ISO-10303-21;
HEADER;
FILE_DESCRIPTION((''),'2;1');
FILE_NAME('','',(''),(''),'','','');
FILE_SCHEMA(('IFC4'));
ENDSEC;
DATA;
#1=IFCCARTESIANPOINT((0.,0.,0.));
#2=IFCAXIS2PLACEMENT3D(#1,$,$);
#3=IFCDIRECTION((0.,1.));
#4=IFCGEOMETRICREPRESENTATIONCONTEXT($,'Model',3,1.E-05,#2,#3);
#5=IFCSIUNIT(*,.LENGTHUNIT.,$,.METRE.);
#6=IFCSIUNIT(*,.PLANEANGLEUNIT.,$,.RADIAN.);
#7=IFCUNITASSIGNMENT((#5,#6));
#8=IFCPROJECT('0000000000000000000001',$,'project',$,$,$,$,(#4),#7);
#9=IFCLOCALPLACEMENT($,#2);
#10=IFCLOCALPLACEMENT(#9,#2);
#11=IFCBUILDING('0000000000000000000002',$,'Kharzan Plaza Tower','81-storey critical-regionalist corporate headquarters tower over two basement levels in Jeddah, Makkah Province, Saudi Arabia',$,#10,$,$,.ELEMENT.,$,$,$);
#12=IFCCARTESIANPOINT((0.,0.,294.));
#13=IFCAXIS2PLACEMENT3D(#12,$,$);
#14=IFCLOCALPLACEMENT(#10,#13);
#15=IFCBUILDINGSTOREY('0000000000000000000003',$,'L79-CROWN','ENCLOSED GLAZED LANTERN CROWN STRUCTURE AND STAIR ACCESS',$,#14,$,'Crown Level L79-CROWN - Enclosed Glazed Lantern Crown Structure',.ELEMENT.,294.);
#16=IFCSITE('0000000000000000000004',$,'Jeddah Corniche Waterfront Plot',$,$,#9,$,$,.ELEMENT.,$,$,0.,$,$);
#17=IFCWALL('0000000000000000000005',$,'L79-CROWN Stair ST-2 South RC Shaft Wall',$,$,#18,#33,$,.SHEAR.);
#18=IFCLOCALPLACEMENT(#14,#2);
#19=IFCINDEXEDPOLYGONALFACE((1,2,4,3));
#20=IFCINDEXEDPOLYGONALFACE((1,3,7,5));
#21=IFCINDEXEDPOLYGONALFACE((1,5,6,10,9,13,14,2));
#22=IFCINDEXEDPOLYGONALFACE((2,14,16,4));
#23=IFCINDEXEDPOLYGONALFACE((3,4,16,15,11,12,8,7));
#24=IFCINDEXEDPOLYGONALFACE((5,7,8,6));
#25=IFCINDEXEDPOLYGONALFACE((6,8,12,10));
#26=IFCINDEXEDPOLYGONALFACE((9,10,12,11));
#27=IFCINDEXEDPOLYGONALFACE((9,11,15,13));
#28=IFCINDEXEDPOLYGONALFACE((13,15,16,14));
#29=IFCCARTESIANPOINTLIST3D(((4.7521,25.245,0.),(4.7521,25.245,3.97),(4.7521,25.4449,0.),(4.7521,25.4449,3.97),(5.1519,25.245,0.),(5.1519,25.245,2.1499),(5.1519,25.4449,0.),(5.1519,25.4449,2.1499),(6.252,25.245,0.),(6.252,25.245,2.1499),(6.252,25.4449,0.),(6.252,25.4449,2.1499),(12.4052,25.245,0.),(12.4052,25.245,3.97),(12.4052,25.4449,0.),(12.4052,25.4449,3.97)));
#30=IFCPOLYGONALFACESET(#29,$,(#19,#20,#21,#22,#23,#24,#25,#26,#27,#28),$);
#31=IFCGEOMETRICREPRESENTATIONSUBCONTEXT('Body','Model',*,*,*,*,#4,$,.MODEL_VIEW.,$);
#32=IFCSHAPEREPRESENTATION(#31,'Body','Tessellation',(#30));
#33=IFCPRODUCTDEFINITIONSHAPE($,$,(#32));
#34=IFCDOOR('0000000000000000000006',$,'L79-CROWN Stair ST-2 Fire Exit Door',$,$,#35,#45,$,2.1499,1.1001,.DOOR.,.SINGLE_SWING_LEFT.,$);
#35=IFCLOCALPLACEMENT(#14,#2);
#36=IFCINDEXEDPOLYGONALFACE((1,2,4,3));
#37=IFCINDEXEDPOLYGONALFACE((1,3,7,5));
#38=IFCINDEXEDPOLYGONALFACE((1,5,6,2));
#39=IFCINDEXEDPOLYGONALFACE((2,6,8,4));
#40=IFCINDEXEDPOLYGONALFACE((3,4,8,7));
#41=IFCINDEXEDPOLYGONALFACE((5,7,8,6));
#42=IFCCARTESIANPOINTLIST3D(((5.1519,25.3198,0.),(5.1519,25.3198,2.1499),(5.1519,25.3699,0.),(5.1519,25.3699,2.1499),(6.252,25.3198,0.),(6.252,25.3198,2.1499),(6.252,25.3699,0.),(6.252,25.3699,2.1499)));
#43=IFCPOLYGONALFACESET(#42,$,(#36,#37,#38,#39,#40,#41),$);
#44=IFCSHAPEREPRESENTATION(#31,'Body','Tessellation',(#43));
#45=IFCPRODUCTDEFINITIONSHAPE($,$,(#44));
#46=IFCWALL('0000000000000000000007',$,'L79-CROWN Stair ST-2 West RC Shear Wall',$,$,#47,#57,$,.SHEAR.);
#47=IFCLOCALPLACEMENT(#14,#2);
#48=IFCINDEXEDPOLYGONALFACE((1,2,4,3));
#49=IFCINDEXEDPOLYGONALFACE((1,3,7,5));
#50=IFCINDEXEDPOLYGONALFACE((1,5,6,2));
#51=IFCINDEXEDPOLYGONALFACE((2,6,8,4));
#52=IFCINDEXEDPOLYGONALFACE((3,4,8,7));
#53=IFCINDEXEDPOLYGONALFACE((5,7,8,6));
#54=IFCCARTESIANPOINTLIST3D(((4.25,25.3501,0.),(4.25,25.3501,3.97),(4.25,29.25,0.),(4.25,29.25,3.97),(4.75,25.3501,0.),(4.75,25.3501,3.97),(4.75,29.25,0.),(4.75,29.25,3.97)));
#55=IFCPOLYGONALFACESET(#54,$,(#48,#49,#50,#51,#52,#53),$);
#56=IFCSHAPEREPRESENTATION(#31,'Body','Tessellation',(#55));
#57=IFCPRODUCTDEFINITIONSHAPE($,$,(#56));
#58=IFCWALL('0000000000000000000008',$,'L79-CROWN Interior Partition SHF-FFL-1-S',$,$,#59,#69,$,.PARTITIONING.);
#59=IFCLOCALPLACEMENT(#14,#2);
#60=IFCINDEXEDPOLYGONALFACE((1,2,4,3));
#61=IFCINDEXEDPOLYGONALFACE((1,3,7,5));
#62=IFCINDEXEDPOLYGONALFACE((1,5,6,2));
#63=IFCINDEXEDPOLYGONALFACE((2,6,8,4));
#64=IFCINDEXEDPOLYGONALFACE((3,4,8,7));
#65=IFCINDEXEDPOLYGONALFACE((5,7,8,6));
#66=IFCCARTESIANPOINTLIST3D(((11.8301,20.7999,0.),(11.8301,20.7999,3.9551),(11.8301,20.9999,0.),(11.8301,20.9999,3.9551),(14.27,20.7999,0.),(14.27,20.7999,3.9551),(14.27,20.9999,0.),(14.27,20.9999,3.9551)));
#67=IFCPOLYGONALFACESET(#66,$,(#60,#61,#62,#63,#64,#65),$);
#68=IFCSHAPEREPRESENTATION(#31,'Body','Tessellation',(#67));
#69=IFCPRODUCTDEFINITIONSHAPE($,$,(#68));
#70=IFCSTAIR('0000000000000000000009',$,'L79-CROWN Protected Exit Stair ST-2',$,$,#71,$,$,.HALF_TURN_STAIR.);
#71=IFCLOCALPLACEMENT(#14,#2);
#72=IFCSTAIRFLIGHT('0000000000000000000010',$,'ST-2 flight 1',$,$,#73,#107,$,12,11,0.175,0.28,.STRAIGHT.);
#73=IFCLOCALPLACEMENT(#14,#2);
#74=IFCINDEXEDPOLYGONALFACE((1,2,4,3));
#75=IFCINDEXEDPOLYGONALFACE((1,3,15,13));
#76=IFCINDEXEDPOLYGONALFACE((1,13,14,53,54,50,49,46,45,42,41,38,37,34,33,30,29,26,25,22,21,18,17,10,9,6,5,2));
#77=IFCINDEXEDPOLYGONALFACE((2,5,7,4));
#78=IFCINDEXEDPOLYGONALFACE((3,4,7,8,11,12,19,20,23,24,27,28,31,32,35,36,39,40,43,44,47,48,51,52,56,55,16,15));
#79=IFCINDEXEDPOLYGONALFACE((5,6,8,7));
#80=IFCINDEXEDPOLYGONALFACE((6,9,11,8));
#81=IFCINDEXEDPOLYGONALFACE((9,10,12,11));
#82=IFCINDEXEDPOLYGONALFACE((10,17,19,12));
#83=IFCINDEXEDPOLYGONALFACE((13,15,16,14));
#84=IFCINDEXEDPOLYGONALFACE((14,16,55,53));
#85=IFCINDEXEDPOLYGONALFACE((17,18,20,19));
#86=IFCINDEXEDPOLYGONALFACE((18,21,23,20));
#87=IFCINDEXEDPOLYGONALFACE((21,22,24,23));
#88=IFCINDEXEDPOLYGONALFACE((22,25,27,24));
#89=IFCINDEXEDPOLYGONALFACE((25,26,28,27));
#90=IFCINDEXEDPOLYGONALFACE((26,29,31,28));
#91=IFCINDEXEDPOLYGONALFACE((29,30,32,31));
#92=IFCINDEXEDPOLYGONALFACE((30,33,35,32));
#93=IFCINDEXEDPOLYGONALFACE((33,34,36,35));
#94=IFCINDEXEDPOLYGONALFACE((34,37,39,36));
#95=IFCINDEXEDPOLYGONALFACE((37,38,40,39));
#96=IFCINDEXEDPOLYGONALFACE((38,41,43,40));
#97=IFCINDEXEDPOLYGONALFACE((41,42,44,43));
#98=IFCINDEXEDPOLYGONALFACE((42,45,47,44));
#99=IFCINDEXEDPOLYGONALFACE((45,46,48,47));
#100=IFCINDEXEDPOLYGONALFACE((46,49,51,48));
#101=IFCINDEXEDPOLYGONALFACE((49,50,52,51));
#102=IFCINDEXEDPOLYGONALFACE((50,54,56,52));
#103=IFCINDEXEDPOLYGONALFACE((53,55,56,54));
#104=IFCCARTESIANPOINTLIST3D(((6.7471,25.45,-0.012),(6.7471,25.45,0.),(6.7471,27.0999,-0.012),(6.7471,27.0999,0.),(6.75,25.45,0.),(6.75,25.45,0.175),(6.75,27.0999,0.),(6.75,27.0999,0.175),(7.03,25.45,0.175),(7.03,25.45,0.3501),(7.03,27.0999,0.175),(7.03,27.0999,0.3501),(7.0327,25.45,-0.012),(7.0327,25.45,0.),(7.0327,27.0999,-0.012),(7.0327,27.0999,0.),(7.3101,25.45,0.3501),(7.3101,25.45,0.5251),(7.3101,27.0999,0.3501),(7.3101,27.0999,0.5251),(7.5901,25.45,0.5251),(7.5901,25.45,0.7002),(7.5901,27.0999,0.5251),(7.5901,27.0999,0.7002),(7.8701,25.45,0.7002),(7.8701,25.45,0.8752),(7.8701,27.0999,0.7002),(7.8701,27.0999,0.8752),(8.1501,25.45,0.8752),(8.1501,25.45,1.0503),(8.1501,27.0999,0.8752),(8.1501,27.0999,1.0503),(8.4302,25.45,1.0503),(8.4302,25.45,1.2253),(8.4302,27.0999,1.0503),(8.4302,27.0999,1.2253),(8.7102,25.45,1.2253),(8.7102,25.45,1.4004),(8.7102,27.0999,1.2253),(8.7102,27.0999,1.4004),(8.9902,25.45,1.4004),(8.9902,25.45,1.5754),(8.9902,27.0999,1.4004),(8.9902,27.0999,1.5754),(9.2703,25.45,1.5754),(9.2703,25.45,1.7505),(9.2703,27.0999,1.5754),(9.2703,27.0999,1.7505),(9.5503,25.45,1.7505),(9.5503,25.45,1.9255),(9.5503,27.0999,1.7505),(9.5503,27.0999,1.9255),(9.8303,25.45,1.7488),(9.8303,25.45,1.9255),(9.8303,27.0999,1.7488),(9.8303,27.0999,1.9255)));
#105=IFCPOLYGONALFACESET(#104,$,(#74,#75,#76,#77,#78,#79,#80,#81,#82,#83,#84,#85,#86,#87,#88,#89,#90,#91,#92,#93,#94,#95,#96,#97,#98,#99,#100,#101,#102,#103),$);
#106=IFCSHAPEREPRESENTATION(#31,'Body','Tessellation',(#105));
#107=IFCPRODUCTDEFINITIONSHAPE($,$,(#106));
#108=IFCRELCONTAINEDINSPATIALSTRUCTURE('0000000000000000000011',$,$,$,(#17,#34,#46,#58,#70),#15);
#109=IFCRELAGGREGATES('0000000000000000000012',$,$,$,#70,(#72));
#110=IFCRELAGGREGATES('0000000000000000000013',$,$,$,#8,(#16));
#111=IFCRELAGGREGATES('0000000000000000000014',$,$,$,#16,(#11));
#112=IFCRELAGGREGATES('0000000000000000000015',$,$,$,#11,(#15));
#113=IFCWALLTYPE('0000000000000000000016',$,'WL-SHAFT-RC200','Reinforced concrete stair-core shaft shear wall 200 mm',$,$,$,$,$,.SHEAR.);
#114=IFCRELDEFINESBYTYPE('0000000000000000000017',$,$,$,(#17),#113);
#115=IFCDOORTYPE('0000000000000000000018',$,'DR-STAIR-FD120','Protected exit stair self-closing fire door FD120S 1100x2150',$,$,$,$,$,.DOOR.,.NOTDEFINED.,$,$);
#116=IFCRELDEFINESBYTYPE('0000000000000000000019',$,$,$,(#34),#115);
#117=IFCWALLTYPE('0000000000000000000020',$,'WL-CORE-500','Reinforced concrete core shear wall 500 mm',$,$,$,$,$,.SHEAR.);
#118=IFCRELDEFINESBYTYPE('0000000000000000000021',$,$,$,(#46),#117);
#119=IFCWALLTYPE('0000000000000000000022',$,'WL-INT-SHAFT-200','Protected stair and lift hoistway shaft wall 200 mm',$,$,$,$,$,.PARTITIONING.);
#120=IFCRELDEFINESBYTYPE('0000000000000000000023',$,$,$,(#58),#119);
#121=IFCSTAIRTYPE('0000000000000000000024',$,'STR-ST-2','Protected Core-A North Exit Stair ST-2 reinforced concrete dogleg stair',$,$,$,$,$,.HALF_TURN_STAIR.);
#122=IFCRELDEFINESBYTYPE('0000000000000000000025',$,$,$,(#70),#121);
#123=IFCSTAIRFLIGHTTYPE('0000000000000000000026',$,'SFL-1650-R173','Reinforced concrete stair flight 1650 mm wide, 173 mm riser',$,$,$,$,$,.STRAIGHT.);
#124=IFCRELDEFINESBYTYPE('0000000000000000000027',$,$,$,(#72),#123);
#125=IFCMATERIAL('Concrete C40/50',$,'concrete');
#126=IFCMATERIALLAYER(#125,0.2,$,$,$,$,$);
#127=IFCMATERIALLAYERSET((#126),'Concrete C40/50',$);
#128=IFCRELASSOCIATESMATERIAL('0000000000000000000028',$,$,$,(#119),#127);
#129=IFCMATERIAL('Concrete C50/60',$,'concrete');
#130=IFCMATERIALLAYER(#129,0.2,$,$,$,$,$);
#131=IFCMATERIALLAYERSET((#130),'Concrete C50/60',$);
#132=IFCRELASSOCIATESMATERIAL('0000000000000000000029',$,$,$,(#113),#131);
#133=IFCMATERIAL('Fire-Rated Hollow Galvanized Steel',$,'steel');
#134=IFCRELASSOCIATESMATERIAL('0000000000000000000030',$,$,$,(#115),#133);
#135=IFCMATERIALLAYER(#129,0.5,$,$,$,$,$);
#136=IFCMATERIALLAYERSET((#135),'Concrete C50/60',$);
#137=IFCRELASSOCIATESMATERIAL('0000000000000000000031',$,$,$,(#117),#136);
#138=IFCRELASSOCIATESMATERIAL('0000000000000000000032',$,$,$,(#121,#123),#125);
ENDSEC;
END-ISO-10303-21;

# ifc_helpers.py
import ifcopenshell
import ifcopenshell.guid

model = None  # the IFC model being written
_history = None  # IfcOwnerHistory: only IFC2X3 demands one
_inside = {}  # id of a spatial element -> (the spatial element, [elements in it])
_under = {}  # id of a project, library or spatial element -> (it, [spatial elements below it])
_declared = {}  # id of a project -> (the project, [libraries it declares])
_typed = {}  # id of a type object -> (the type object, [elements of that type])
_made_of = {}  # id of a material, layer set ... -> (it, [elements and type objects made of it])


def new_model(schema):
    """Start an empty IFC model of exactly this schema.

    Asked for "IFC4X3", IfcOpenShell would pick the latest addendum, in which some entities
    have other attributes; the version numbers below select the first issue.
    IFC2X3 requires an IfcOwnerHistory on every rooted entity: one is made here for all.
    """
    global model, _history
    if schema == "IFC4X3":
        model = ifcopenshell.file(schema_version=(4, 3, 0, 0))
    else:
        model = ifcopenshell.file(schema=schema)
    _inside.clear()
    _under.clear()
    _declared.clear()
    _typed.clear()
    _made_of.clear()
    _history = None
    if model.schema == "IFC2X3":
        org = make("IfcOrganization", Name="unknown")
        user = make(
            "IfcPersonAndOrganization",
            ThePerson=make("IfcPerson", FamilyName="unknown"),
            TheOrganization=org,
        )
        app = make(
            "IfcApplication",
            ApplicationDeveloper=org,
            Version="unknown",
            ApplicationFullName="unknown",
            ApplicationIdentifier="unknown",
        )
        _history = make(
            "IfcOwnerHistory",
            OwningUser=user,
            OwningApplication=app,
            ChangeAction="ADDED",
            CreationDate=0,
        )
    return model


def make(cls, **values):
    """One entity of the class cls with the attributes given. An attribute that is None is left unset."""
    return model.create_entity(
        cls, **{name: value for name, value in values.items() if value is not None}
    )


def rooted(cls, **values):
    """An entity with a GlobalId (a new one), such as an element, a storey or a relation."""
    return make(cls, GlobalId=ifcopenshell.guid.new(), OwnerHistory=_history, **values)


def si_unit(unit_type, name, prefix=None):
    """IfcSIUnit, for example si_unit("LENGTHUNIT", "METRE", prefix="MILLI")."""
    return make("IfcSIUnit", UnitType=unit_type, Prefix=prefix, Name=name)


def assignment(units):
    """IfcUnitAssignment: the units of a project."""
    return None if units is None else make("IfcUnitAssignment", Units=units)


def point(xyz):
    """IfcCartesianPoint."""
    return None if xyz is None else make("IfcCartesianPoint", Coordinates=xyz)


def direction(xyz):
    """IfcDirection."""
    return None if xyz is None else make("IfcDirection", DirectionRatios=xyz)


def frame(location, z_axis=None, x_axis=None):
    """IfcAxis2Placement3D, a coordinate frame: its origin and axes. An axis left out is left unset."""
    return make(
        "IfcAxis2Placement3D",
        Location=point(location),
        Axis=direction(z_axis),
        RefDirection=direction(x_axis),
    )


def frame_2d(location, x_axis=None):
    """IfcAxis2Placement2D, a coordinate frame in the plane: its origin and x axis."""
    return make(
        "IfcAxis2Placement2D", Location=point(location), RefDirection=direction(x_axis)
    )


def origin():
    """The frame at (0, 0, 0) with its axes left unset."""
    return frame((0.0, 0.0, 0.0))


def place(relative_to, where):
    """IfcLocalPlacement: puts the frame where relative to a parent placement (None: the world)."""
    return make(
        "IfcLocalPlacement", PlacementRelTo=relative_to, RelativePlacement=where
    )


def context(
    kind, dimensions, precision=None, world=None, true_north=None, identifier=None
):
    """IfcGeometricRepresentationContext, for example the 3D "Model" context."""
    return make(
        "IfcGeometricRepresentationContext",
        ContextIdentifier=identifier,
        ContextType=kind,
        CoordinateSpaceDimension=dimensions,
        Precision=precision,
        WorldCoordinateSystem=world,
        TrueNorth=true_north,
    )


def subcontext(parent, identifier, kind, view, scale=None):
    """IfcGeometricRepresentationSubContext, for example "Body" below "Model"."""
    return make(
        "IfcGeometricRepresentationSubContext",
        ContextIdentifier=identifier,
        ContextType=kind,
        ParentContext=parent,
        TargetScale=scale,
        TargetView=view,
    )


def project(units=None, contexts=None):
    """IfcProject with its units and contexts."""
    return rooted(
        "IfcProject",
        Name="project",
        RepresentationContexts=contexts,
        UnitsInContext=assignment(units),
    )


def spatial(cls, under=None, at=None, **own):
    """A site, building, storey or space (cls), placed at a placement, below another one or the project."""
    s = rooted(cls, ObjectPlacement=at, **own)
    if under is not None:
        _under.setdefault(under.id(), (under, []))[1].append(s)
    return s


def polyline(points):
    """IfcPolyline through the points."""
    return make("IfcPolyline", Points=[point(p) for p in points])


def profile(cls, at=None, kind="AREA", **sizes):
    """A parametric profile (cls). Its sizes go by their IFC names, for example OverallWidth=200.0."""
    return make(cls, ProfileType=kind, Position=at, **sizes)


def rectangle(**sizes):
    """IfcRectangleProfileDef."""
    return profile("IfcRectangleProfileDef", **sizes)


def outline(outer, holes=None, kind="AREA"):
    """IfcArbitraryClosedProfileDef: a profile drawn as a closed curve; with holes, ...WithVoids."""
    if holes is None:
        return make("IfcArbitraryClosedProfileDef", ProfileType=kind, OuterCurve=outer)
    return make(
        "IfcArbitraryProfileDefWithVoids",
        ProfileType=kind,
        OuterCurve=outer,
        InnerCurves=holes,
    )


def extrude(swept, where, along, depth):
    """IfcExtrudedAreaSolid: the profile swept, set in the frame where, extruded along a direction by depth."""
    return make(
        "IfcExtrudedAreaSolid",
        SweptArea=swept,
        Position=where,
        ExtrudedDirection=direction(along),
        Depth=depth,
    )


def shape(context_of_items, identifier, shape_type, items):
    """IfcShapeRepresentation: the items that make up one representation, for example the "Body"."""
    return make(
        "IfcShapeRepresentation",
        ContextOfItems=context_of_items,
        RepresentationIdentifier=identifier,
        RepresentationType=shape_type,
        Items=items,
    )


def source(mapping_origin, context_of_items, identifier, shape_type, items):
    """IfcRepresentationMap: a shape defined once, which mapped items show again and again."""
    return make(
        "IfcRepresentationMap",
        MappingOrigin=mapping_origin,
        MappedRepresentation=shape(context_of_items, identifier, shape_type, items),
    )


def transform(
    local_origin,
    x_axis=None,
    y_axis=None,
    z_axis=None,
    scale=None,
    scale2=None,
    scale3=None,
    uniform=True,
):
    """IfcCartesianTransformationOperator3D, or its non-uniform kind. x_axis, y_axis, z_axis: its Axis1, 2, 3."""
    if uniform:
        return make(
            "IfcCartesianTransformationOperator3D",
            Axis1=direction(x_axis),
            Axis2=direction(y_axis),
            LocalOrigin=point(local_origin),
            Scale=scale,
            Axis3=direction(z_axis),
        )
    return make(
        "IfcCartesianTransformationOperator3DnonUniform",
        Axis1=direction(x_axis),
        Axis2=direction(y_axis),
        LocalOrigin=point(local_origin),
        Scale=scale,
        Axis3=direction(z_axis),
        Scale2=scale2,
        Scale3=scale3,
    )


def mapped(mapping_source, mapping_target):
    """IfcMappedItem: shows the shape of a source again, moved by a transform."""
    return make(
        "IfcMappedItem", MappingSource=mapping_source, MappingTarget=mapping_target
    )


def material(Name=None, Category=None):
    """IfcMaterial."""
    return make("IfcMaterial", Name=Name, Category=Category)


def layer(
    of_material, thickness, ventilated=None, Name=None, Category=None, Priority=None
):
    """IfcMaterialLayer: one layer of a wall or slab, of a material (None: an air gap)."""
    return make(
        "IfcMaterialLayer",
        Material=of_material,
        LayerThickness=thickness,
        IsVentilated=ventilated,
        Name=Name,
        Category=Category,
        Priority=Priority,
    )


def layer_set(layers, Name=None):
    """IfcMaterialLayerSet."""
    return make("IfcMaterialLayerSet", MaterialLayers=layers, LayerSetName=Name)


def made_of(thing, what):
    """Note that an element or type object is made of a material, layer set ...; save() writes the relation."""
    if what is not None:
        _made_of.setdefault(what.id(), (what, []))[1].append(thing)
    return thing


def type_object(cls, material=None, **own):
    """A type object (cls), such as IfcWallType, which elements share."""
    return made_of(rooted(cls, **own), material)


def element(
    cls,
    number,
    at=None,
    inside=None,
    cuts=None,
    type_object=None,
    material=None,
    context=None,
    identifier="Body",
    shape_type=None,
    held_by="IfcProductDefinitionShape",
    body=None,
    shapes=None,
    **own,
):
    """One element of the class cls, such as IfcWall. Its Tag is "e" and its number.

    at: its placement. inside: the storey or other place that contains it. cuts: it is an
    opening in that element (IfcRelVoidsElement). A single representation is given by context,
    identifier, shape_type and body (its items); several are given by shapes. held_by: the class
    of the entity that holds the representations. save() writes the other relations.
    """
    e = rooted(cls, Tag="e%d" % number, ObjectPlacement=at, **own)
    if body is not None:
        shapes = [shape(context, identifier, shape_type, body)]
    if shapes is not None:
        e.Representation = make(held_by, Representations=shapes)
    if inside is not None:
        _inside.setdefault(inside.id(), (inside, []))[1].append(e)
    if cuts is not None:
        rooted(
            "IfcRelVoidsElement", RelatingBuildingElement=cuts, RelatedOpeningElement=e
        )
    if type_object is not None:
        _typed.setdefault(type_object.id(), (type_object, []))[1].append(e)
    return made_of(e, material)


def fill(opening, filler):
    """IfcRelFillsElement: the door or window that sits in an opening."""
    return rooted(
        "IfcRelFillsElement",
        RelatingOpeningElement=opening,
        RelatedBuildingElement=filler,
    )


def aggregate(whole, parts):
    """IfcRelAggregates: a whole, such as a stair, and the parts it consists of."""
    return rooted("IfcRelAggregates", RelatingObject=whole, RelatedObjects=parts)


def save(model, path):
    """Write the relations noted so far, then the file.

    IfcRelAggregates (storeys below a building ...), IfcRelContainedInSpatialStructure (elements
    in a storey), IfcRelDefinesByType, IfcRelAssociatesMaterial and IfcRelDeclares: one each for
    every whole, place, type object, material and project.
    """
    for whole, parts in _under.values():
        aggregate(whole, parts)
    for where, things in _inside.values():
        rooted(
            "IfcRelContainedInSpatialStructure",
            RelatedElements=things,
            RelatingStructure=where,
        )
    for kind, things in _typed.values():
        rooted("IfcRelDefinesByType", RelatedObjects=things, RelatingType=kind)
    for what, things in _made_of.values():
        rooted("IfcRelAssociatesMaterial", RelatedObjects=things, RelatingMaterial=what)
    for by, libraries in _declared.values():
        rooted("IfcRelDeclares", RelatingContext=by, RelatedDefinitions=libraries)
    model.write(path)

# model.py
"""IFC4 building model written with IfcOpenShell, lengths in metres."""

from ifc_helpers import new_model, si_unit, direction, frame, frame_2d, origin, place, context, subcontext, project, spatial, polyline, rectangle, outline, extrude, source, transform, mapped, material, layer, layer_set, type_object, element, fill, aggregate, save


model = new_model("IFC4")

# Units and contexts
model_context = context("Model", 3, precision=1e-05, world=origin(), true_north=direction((0.0, 1.0)))
body_context = subcontext(model_context, "Body", "Model", "MODEL_VIEW")
ifc_project = project(units=[si_unit("LENGTHUNIT", "METRE"), si_unit("PLANEANGLEUNIT", "RADIAN")], contexts=[model_context])

# Site, building, storey
site_placement = place(None, origin())
site = spatial("IfcSite", under=ifc_project, at=site_placement, Name="Jeddah Corniche Waterfront Plot", CompositionType="ELEMENT", RefElevation=0.0)
building_placement = place(site_placement, origin())
building = spatial("IfcBuilding", under=site, at=building_placement, Name="Kharzan Plaza Tower", Description="81-storey critical-regionalist corporate headquarters tower over two basement levels in Jeddah, Makkah Province, Saudi Arabia", CompositionType="ELEMENT")
storey_placement = place(building_placement, frame((0.0, 0.0, 294.0)))
storey = spatial("IfcBuildingStorey", under=building, at=storey_placement, Name="L79-CROWN", Description="ENCLOSED GLAZED LANTERN CROWN STRUCTURE AND STAIR ACCESS", LongName="Crown Level L79-CROWN - Enclosed Glazed Lantern Crown Structure", CompositionType="ELEMENT", Elevation=294.0)

# Wall, opening, door
ifc_material_1 = material(Name="Concrete C40/50", Category="concrete")
ifc_layer_1 = layer(ifc_material_1, 0.2)
ifc_layer_set_1 = layer_set([ifc_layer_1], Name="Concrete C40/50")
wall_type_1 = type_object("IfcWallType", Name="WL-INT-SHAFT-200", Description="Protected stair and lift hoistway shaft wall 200 mm", PredefinedType="PARTITIONING", material=ifc_layer_set_1)
ifc_material_2 = material(Name="Concrete C50/60", Category="concrete")
ifc_layer_2 = layer(ifc_material_2, 0.2)
ifc_layer_set_2 = layer_set([ifc_layer_2], Name="Concrete C50/60")
wall_type_2 = type_object("IfcWallType", Name="WL-SHAFT-RC200", Description="Reinforced concrete stair-core shaft shear wall 200 mm", PredefinedType="SHEAR", material=ifc_layer_set_2)
wall_1_placement = place(storey_placement, frame((4.752, 25.345, 0.0), z_axis=(0.0, 0.0, 1.0), x_axis=(1.0, 0.0, 0.0)))
wall_1 = element("IfcWall", 1, at=wall_1_placement, inside=storey, type_object=wall_type_2, Name="L79-CROWN Stair ST-2 South RC Shaft Wall", PredefinedType="SHEAR", context=body_context, shape_type="SweptSolid", body=[
    extrude(rectangle(XDim=7.6531, YDim=0.2, at=frame_2d((3.8267, 0.0))), origin(), (0.0, 0.0, 1.0), 3.97),
])
opening_1_placement = place(wall_1_placement, frame((0.3999, 0.0, 0.0)))
opening_1 = element("IfcOpeningElement", 2, at=opening_1_placement, cuts=wall_1, PredefinedType="OPENING", context=body_context, shape_type="SweptSolid", body=[
    extrude(rectangle(XDim=1.1001, YDim=2.1499, at=frame_2d((0.55, 1.075))), frame((0.0, 0.1099, 0.0), z_axis=(0.0, -1.0, 0.0), x_axis=(1.0, 0.0, 0.0)), (0.0, 0.0, 1.0), 0.22),
])
ifc_material_3 = material(Name="Fire-Rated Hollow Galvanized Steel", Category="steel")
door_type_1 = type_object("IfcDoorType", Name="DR-STAIR-FD120", Description="Protected exit stair self-closing fire door FD120S 1100x2150", OperationType="NOTDEFINED", PredefinedType="DOOR", material=ifc_material_3)
shared_shape_1 = source(origin(), body_context, "Body", "SweptSolid", [
    extrude(rectangle(XDim=1.1001, YDim=2.1499, at=frame_2d((0.55, 1.075))), frame((0.0, 0.0249, 0.0), z_axis=(0.0, -1.0, 0.0), x_axis=(1.0, 0.0, 0.0)), (0.0, 0.0, 1.0), 0.05),
])
door_1_placement = place(opening_1_placement, origin())
door_1 = element("IfcDoor", 3, at=door_1_placement, inside=storey, type_object=door_type_1, Name="L79-CROWN Stair ST-2 Fire Exit Door", OperationType="SINGLE_SWING_LEFT", OverallHeight=2.1499, OverallWidth=1.1001, PredefinedType="DOOR", context=body_context, shape_type="MappedRepresentation", body=[
    mapped(shared_shape_1, transform((0.0, 0.0, 0.0), x_axis=(1.0, 0.0, 0.0), y_axis=(0.0, 1.0, 0.0), z_axis=(0.0, 0.0, 1.0))),
])
fill(opening_1, door_1)

# Walls
ifc_layer_3 = layer(ifc_material_2, 0.5)
ifc_layer_set_3 = layer_set([ifc_layer_3], Name="Concrete C50/60")
wall_type_3 = type_object("IfcWallType", Name="WL-CORE-500", Description="Reinforced concrete core shear wall 500 mm", PredefinedType="SHEAR", material=ifc_layer_set_3)
shared_shape_2 = source(origin(), body_context, "Body", "SweptSolid", [
    extrude(rectangle(XDim=3.8999, YDim=0.5, at=frame_2d((1.95, 0.0))), origin(), (0.0, 0.0, 1.0), 3.97),
])
wall_2_placement = place(storey_placement, frame((4.5, 25.3501, 0.0), z_axis=(0.0, 0.0, 1.0), x_axis=(0.0, 1.0, 0.0)))
element("IfcWall", 4, at=wall_2_placement, inside=storey, type_object=wall_type_3, Name="L79-CROWN Stair ST-2 West RC Shear Wall", PredefinedType="SHEAR", context=body_context, shape_type="MappedRepresentation", body=[
    mapped(shared_shape_2, transform((0.0, 0.0, 0.0), x_axis=(1.0, 0.0, 0.0), y_axis=(0.0, 1.0, 0.0), z_axis=(0.0, 0.0, 1.0))),
])
shared_shape_3 = source(origin(), body_context, "Body", "SweptSolid", [
    extrude(rectangle(XDim=2.4399, YDim=0.2, at=frame_2d((1.22, 0.0))), origin(), (0.0, 0.0, 1.0), 3.9551),
])
wall_3_placement = place(storey_placement, frame((11.8301, 20.8999, 0.0), z_axis=(0.0, 0.0, 1.0), x_axis=(1.0, 0.0, 0.0)))
element("IfcWall", 5, at=wall_3_placement, inside=storey, type_object=wall_type_1, Name="L79-CROWN Interior Partition SHF-FFL-1-S", PredefinedType="PARTITIONING", context=body_context, shape_type="MappedRepresentation", body=[
    mapped(shared_shape_3, transform((0.0, 0.0, 0.0), x_axis=(1.0, 0.0, 0.0), y_axis=(0.0, 1.0, 0.0), z_axis=(0.0, 0.0, 1.0))),
])

# Stair, stair flight
stair_type = type_object("IfcStairType", Name="STR-ST-2", Description="Protected Core-A North Exit Stair ST-2 reinforced concrete dogleg stair", PredefinedType="HALF_TURN_STAIR", material=ifc_material_1)
stair_placement = place(storey_placement, origin())
stair = element("IfcStair", 6, at=stair_placement, inside=storey, type_object=stair_type, Name="L79-CROWN Protected Exit Stair ST-2", PredefinedType="HALF_TURN_STAIR")
stair_flight_type = type_object("IfcStairFlightType", Name="SFL-1650-R173", Description="Reinforced concrete stair flight 1650 mm wide, 173 mm riser", PredefinedType="STRAIGHT", material=ifc_material_1)
shared_shape_4 = source(origin(), body_context, "Body", "SweptSolid", [
    extrude(outline(polyline([(-0.0029, -0.012), (-0.0029, 0.0), (0.0, 0.0), (0.0, 0.175), (0.28, 0.175), (0.28, 0.3501), (0.5601, 0.3501), (0.5601, 0.5251), (0.8401, 0.5251), (0.8401, 0.7002), (1.1201, 0.7002), (1.1201, 0.8752), (1.4001, 0.8752), (1.4001, 1.0503), (1.6802, 1.0503), (1.6802, 1.2253), (1.9602, 1.2253), (1.9602, 1.4004), (2.2402, 1.4004), (2.2402, 1.5754), (2.5203, 1.5754), (2.5203, 1.7505), (2.8003, 1.7505), (2.8003, 1.9255), (3.0803, 1.9255), (3.0803, 2.1006), (3.0803, 1.7488), (0.2827, 0.0), (0.2827, -0.012), (-0.0029, -0.012)])), frame((0.0, 0.825, 0.0), z_axis=(0.0, -1.0, 0.0), x_axis=(1.0, 0.0, 0.0)), (0.0, 0.0, 1.0), 1.6499),
])
stair_flight_placement = place(storey_placement, frame((6.75, 26.2749, 0.0), z_axis=(0.0, 0.0, 1.0), x_axis=(1.0, 0.0, 0.0)))
stair_flight = element("IfcStairFlight", 7, at=stair_flight_placement, type_object=stair_flight_type, Name="ST-2 flight 1", NumberOfRisers=12, NumberOfTreads=11, PredefinedType="STRAIGHT", RiserHeight=0.175, TreadLength=0.28, context=body_context, shape_type="MappedRepresentation", body=[
    mapped(shared_shape_4, transform((0.0, 0.0, 0.0), x_axis=(1.0, 0.0, 0.0), y_axis=(0.0, 1.0, 0.0), z_axis=(0.0, 0.0, 1.0))),
])
aggregate(stair, [stair_flight])

save(model, "model.ifc")
